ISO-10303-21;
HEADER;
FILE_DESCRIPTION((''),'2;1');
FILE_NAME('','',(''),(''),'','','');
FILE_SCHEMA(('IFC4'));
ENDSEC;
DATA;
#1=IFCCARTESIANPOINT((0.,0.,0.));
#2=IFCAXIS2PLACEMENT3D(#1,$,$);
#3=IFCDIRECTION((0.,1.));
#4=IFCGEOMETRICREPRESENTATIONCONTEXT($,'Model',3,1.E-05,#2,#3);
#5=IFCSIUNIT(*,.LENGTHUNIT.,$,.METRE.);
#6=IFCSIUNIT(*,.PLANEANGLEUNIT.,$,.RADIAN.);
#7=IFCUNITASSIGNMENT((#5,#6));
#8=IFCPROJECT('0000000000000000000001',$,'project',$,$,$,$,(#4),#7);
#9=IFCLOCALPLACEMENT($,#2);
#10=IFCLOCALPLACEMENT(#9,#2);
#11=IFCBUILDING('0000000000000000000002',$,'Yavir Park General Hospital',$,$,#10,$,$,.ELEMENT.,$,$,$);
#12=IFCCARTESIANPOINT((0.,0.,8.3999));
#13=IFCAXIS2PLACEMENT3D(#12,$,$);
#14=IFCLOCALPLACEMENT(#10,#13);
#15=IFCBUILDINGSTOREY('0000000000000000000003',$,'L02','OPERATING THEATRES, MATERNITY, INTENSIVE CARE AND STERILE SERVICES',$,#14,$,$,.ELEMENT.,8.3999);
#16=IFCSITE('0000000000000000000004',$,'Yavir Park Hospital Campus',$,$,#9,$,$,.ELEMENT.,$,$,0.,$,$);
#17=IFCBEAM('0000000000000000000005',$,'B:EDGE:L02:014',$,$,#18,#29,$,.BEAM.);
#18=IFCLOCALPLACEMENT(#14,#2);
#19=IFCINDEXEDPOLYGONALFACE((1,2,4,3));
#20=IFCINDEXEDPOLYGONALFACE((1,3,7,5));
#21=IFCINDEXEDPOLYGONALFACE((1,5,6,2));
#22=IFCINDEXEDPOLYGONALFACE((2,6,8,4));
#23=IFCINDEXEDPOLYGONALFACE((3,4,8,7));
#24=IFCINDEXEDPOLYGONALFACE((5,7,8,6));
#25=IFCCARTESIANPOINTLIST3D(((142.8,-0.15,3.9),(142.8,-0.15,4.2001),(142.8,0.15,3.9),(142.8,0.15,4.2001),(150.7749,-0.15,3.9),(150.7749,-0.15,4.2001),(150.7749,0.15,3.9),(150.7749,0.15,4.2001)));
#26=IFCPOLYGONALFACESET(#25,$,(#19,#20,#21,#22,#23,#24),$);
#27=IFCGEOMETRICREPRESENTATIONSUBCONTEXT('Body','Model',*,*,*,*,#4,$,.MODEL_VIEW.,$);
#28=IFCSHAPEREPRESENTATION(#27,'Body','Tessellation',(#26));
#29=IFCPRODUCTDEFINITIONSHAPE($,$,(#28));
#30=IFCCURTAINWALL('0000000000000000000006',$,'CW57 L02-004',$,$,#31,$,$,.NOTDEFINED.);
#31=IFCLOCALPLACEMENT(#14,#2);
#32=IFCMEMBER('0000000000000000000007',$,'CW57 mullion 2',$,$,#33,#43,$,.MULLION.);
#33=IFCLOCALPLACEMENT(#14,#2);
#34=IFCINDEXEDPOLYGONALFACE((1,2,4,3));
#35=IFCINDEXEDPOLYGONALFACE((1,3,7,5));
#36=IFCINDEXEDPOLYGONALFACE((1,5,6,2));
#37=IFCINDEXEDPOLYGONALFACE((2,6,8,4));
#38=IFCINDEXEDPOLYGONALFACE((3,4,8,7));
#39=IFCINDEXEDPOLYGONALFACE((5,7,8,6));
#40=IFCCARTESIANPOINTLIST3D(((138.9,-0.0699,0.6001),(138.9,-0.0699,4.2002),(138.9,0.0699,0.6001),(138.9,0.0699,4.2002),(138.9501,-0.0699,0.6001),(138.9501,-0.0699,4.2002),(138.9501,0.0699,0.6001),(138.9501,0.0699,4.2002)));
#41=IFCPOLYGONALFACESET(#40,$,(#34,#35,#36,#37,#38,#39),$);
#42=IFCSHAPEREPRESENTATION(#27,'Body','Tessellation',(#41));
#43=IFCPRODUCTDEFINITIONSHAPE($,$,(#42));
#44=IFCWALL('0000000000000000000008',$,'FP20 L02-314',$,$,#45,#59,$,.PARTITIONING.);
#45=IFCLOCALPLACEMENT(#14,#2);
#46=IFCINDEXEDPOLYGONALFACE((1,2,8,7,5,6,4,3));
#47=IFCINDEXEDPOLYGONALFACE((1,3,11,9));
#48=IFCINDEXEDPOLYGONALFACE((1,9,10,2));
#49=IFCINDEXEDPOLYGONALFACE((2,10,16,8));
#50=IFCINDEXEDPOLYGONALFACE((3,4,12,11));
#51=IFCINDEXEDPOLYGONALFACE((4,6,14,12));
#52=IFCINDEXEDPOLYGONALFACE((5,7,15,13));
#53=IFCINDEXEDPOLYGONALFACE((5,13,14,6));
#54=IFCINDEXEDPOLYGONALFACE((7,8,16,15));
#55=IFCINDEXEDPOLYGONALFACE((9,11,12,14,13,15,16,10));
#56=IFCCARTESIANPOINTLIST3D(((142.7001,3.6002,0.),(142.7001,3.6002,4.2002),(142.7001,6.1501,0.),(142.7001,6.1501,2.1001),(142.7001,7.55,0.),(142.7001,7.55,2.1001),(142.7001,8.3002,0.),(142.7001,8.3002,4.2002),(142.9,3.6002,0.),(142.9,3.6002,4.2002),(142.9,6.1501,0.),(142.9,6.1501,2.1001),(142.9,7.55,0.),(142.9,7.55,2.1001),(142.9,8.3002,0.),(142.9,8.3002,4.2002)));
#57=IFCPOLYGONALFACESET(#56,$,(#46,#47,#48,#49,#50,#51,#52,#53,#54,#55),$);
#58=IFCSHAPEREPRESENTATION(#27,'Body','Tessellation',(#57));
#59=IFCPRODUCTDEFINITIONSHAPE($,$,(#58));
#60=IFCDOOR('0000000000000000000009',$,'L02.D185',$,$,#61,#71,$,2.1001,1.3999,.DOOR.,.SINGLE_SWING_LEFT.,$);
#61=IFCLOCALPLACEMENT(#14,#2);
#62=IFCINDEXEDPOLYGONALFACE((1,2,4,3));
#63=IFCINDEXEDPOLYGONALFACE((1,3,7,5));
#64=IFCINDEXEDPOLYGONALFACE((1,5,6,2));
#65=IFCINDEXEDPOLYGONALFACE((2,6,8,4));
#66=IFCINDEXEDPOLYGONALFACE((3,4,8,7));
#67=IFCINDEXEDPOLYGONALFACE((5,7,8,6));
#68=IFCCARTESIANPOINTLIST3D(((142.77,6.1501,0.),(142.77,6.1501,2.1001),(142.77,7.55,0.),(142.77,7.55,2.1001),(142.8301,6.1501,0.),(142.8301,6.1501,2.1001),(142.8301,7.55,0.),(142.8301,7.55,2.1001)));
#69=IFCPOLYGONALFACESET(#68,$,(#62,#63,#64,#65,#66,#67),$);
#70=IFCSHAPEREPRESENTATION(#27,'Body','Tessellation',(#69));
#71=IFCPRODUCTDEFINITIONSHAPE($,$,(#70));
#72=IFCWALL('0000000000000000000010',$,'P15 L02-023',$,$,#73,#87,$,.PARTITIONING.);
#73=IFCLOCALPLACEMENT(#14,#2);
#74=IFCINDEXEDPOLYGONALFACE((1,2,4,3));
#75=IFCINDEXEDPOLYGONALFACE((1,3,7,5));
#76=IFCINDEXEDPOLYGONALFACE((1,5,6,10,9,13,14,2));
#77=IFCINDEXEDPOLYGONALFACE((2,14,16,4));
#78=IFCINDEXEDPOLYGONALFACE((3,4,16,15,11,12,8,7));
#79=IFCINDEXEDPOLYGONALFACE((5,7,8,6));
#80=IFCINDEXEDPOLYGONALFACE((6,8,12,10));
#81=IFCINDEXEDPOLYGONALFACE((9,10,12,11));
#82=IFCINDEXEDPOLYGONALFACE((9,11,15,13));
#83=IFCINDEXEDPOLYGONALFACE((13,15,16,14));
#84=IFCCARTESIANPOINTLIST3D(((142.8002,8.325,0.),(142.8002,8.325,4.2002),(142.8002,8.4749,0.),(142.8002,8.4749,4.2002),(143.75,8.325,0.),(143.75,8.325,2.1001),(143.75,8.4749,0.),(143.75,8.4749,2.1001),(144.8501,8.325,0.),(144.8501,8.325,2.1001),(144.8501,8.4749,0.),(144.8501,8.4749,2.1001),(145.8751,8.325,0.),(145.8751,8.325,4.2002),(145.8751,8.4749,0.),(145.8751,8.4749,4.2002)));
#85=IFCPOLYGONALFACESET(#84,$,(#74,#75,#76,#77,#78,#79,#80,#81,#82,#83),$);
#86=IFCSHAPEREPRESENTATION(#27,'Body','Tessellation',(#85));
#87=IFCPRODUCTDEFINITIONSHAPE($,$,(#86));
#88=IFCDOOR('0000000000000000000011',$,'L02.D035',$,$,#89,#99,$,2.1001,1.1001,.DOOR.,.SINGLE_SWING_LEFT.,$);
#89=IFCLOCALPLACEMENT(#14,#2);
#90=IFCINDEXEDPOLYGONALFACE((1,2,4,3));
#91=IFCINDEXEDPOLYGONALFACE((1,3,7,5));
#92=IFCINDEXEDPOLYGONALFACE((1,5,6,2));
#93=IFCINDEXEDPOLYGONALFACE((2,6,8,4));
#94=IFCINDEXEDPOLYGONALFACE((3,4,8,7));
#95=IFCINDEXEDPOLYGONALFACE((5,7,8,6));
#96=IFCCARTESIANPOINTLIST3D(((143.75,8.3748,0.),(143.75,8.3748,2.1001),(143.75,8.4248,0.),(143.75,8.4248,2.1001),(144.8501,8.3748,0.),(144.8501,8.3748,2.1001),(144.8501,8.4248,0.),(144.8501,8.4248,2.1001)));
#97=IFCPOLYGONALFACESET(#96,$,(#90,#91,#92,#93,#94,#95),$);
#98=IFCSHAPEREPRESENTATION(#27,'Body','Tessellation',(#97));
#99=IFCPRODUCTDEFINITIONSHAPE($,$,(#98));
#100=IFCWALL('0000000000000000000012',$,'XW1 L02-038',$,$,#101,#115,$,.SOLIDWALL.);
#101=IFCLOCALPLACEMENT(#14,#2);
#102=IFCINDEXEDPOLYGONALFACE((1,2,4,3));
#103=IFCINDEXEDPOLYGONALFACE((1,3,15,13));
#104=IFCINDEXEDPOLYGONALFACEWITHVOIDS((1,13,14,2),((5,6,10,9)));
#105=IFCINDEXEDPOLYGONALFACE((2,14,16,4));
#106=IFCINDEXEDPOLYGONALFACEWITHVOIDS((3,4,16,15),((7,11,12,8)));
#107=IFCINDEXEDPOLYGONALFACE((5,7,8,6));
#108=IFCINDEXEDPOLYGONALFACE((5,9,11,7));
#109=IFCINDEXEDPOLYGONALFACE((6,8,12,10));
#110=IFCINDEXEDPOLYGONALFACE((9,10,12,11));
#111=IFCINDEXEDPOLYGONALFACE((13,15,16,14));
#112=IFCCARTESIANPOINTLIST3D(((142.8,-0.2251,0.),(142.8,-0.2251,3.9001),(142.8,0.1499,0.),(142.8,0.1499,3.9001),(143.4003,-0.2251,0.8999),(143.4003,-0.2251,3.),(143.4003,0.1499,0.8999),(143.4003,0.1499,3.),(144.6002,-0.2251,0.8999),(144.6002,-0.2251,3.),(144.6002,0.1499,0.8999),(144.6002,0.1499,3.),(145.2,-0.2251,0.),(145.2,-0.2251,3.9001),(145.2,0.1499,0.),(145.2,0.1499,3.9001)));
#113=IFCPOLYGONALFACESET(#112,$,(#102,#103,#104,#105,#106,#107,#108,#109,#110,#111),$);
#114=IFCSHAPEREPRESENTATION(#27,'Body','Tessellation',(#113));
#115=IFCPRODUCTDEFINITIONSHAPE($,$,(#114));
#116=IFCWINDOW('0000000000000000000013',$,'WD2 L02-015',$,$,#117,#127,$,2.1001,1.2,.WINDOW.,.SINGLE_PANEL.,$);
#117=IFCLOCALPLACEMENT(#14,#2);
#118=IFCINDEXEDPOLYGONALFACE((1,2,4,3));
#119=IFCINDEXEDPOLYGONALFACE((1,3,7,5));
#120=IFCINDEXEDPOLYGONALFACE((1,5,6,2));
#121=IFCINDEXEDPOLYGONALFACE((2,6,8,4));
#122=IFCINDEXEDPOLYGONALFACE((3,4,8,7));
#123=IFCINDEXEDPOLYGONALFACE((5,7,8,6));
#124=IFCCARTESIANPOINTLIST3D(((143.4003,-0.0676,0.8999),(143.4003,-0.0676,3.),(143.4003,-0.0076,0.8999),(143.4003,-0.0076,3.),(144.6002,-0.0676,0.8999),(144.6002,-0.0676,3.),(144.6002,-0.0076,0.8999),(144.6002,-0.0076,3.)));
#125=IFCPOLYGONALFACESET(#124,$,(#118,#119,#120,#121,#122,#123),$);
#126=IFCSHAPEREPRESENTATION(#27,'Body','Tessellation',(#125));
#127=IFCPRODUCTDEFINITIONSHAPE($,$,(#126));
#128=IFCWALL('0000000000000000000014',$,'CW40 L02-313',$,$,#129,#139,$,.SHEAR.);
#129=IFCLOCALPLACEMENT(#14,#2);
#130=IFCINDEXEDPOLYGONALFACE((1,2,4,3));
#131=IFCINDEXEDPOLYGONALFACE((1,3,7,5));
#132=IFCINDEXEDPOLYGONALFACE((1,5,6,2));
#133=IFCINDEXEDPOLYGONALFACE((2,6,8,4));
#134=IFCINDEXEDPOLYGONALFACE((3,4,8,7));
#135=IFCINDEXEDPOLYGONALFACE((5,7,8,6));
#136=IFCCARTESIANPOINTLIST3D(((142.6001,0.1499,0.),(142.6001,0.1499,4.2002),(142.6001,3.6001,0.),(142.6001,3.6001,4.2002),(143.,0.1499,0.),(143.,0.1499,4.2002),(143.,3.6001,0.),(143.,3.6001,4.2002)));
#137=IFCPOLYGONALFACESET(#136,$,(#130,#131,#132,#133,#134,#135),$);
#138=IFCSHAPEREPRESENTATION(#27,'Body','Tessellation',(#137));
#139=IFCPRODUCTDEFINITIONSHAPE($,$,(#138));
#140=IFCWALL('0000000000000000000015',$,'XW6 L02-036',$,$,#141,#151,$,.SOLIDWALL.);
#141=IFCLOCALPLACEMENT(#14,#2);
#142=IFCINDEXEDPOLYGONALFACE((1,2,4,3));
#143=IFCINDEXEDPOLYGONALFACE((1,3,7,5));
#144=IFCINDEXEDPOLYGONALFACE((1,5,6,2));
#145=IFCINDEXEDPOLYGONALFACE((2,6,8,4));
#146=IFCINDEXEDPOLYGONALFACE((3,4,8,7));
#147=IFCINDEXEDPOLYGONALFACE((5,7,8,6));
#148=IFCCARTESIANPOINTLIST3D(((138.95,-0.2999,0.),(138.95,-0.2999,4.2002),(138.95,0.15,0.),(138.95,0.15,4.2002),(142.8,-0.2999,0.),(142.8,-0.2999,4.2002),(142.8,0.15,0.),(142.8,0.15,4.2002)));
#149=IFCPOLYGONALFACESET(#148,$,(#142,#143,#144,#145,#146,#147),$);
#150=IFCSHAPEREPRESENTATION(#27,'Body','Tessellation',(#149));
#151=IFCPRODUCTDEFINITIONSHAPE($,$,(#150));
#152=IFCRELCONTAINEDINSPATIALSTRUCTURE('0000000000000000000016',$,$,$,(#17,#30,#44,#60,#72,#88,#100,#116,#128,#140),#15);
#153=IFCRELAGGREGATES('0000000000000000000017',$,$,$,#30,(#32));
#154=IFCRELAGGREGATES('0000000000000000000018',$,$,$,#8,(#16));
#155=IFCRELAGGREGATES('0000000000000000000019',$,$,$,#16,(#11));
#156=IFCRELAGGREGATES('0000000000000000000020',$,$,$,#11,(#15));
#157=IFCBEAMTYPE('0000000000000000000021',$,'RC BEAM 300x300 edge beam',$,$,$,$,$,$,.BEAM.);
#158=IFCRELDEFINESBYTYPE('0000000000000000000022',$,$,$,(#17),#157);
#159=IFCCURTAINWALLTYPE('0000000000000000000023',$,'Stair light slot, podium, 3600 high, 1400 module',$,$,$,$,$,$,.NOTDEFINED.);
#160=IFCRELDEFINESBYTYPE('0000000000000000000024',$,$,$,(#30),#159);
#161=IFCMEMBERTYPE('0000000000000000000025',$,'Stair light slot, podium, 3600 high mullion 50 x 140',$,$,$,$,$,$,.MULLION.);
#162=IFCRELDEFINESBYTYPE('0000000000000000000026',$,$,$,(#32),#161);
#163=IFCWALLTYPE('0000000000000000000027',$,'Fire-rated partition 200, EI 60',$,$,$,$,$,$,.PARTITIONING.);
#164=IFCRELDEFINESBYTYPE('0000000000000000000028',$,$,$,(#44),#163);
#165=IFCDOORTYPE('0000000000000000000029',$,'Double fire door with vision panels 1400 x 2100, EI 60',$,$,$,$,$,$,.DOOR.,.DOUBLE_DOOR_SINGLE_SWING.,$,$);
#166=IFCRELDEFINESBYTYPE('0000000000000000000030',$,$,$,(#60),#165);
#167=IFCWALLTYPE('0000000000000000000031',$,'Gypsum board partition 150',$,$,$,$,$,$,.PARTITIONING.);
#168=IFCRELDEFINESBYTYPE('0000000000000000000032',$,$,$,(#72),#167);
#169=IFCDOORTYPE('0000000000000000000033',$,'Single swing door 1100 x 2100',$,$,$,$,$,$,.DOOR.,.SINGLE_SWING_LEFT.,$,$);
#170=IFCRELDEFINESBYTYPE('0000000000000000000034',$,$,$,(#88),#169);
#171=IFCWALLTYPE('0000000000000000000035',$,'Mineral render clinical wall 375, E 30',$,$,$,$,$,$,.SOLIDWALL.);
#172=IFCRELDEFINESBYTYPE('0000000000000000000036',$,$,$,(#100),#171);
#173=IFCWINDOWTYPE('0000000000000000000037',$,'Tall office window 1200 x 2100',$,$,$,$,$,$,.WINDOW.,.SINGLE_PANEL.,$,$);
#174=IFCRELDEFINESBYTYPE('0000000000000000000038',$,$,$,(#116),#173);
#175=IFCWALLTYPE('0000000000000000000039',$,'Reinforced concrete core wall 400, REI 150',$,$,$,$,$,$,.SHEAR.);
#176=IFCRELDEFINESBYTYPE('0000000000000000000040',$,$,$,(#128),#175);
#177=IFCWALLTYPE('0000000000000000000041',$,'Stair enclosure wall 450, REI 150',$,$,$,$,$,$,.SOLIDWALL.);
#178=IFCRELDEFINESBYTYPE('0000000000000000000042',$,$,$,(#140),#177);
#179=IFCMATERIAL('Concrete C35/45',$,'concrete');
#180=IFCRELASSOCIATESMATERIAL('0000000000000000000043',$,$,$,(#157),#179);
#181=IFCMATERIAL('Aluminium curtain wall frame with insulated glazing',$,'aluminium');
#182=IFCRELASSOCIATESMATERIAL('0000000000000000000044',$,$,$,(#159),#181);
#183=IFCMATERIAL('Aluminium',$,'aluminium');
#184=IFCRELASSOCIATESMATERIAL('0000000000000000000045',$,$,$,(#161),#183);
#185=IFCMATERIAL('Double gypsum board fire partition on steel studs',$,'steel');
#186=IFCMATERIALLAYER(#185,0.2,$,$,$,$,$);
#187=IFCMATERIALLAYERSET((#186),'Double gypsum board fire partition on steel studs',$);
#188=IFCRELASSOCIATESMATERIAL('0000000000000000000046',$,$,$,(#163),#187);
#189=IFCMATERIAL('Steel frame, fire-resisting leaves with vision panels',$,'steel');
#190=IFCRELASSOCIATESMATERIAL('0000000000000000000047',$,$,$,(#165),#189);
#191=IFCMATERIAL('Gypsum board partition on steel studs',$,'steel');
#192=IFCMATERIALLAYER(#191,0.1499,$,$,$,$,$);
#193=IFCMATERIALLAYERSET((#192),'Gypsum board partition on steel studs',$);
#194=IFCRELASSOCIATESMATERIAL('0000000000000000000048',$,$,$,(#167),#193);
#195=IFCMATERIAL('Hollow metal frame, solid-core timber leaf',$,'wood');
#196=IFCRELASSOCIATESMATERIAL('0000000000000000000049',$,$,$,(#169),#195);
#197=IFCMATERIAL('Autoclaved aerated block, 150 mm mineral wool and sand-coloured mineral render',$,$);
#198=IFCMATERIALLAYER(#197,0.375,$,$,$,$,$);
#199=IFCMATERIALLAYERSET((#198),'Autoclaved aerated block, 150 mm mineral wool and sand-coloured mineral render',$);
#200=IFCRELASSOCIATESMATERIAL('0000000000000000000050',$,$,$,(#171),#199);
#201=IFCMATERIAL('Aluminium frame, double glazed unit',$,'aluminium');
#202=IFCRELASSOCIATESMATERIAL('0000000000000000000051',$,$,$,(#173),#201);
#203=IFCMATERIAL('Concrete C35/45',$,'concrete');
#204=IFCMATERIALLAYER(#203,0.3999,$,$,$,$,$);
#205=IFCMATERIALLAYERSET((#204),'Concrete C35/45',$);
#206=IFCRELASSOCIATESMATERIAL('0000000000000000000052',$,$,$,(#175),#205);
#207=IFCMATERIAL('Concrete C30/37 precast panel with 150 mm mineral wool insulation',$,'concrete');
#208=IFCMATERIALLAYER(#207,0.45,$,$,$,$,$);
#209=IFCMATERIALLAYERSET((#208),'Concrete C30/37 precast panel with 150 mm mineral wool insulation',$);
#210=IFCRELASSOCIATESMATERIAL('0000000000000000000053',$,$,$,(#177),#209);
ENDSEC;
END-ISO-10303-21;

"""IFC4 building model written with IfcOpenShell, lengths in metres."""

from ifc_helpers import new_model, si_unit, direction, frame, frame_2d, origin, origin_2d, place, context, subcontext, project, spatial, rectangle, extrude, material, layer, layer_set, material_profile, profile_set, type_object, element, fill, aggregate, save


model = new_model("IFC4")

# Units and contexts
model_context = context("Model", 3, precision=1e-05, world=origin(), true_north=direction((0.0, 1.0)))
body_context = subcontext(model_context, "Body", "Model", "MODEL_VIEW")
ifc_project = project(units=[si_unit("LENGTHUNIT", "METRE"), si_unit("PLANEANGLEUNIT", "RADIAN")], contexts=[model_context])

# Site, building, storey
site_placement = place(None, origin())
site = spatial("IfcSite", under=ifc_project, at=site_placement, Name="Yavir Park Hospital Campus", CompositionType="ELEMENT", RefElevation=0.0)
building_placement = place(site_placement, origin())
building = spatial("IfcBuilding", under=site, at=building_placement, Name="Yavir Park General Hospital", CompositionType="ELEMENT")
storey_placement = place(building_placement, frame((0.0, 0.0, 8.3999)))
storey = spatial("IfcBuildingStorey", under=building, at=storey_placement, Name="L02", Description="OPERATING THEATRES, MATERNITY, INTENSIVE CARE AND STERILE SERVICES", CompositionType="ELEMENT", Elevation=8.3999)

# Beam
ifc_material_1 = material(Name="Concrete C35/45", Category="concrete")
ifc_material_profile_1 = material_profile(ifc_material_1, rectangle(XDim=0.3, YDim=0.3, at=origin_2d()), Name="RC300x300")
ifc_profile_set_1 = profile_set([ifc_material_profile_1], Name="Concrete C35/45")
beam_type = type_object("IfcBeamType", Name="RC BEAM 300x300 edge beam", PredefinedType="BEAM", material=ifc_profile_set_1)
beam_placement = place(storey_placement, frame((142.8, 0.0, 4.05), z_axis=(1.0, 0.0, 0.0), x_axis=(0.0, 1.0, 0.0)))
element("IfcBeam", 1, at=beam_placement, inside=storey, type_object=beam_type, Name="B:EDGE:L02:014", PredefinedType="BEAM", context=body_context, shape_type="SweptSolid", body=[
    extrude(rectangle(XDim=0.3, YDim=0.3, at=origin_2d()), origin(), (0.0, 0.0, 1.0), 7.9749),
])

# Curtain wall, member
ifc_material_2 = material(Name="Aluminium curtain wall frame with insulated glazing", Category="aluminium")
curtain_wall_type = type_object("IfcCurtainWallType", Name="Stair light slot, podium, 3600 high, 1400 module", PredefinedType="NOTDEFINED", material=ifc_material_2)
curtain_wall_placement = place(storey_placement, origin())
curtain_wall = element("IfcCurtainWall", 2, at=curtain_wall_placement, inside=storey, type_object=curtain_wall_type, Name="CW57 L02-004", PredefinedType="NOTDEFINED")
ifc_material_3 = material(Name="Aluminium", Category="aluminium")
ifc_material_profile_2 = material_profile(ifc_material_3, rectangle(XDim=0.1399, YDim=0.05, at=origin_2d()), Name="AL 50x140")
ifc_profile_set_2 = profile_set([ifc_material_profile_2], Name="Aluminium")
member_type = type_object("IfcMemberType", Name="Stair light slot, podium, 3600 high mullion 50 x 140", PredefinedType="MULLION", material=ifc_profile_set_2)
member_placement = place(storey_placement, frame((138.925, 0.0, 0.6001), z_axis=(0.0, 0.0, 1.0), x_axis=(0.0, 1.0, 0.0)))
member = element("IfcMember", 3, at=member_placement, type_object=member_type, Name="CW57 mullion 2", PredefinedType="MULLION", context=body_context, shape_type="SweptSolid", body=[
    extrude(rectangle(XDim=0.1399, YDim=0.05, at=origin_2d()), origin(), (0.0, 0.0, 1.0), 3.6001),
])
aggregate(curtain_wall, [member])

# Walls, openings, doors
ifc_material_4 = material(Name="Double gypsum board fire partition on steel studs", Category="steel")
ifc_layer_1 = layer(ifc_material_4, 0.2)
ifc_layer_set_1 = layer_set([ifc_layer_1], Name="Double gypsum board fire partition on steel studs")
wall_type_1 = type_object("IfcWallType", Name="Fire-rated partition 200, EI 60", PredefinedType="PARTITIONING", material=ifc_layer_set_1)
wall_1_placement = place(storey_placement, frame((142.8, 3.6001, 0.0), z_axis=(0.0, 0.0, 1.0), x_axis=(0.0, 1.0, 0.0)))
wall_1 = element("IfcWall", 4, at=wall_1_placement, inside=storey, type_object=wall_type_1, Name="FP20 L02-314", PredefinedType="PARTITIONING", context=body_context, shape_type="SweptSolid", body=[
    extrude(rectangle(XDim=4.7, YDim=0.2, at=frame_2d((2.3501, 0.0))), origin(), (0.0, 0.0, 1.0), 4.2002),
])
opening_1_placement = place(wall_1_placement, frame((2.55, 0.0, 0.0)))
opening_1 = element("IfcOpeningElement", 5, at=opening_1_placement, cuts=wall_1, PredefinedType="OPENING", context=body_context, shape_type="SweptSolid", body=[
    extrude(rectangle(XDim=1.3999, YDim=2.1001, at=frame_2d((0.7, 1.05))), frame((0.0, 0.1099, 0.0), z_axis=(0.0, -1.0, 0.0), x_axis=(1.0, 0.0, 0.0)), (0.0, 0.0, 1.0), 0.22),
])
ifc_material_5 = material(Name="Steel frame, fire-resisting leaves with vision panels", Category="steel")
door_type_1 = type_object("IfcDoorType", Name="Double fire door with vision panels 1400 x 2100, EI 60", OperationType="DOUBLE_DOOR_SINGLE_SWING", PredefinedType="DOOR", material=ifc_material_5)
door_1_placement = place(opening_1_placement, origin())
door_1 = element("IfcDoor", 6, at=door_1_placement, inside=storey, type_object=door_type_1, Name="L02.D185", OperationType="SINGLE_SWING_LEFT", OverallHeight=2.1001, OverallWidth=1.3999, PredefinedType="DOOR", context=body_context, shape_type="SweptSolid", body=[
    extrude(rectangle(XDim=1.3999, YDim=2.1001, at=frame_2d((0.7, 1.05))), frame((0.0, 0.03, 0.0), z_axis=(0.0, -1.0, 0.0), x_axis=(1.0, 0.0, 0.0)), (0.0, 0.0, 1.0), 0.0601),
])
fill(opening_1, door_1)
ifc_material_6 = material(Name="Gypsum board partition on steel studs", Category="steel")
ifc_layer_2 = layer(ifc_material_6, 0.1499)
ifc_layer_set_2 = layer_set([ifc_layer_2], Name="Gypsum board partition on steel studs")
wall_type_2 = type_object("IfcWallType", Name="Gypsum board partition 150", PredefinedType="PARTITIONING", material=ifc_layer_set_2)
wall_2_placement = place(storey_placement, frame((142.8, 8.3999, 0.0), z_axis=(0.0, 0.0, 1.0), x_axis=(1.0, 0.0, 0.0)))
wall_2 = element("IfcWall", 7, at=wall_2_placement, inside=storey, type_object=wall_type_2, Name="P15 L02-023", PredefinedType="PARTITIONING", context=body_context, shape_type="SweptSolid", body=[
    extrude(rectangle(XDim=3.075, YDim=0.1499, at=frame_2d((1.5376, 0.0))), origin(), (0.0, 0.0, 1.0), 4.2002),
])
opening_2_placement = place(wall_2_placement, frame((0.95, 0.0, 0.0)))
opening_2 = element("IfcOpeningElement", 8, at=opening_2_placement, cuts=wall_2, PredefinedType="OPENING", context=body_context, shape_type="SweptSolid", body=[
    extrude(rectangle(XDim=1.1001, YDim=2.1001, at=frame_2d((0.55, 1.05))), frame((0.0, 0.085, 0.0), z_axis=(0.0, -1.0, 0.0), x_axis=(1.0, 0.0, 0.0)), (0.0, 0.0, 1.0), 0.1699),
])
ifc_material_7 = material(Name="Hollow metal frame, solid-core timber leaf", Category="wood")
door_type_2 = type_object("IfcDoorType", Name="Single swing door 1100 x 2100", OperationType="SINGLE_SWING_LEFT", PredefinedType="DOOR", material=ifc_material_7)
door_2_placement = place(opening_2_placement, origin())
door_2 = element("IfcDoor", 9, at=door_2_placement, inside=storey, type_object=door_type_2, Name="L02.D035", OperationType="SINGLE_SWING_LEFT", OverallHeight=2.1001, OverallWidth=1.1001, PredefinedType="DOOR", context=body_context, shape_type="SweptSolid", body=[
    extrude(rectangle(XDim=1.1001, YDim=2.1001, at=frame_2d((0.55, 1.05))), frame((0.0, 0.0249, 0.0), z_axis=(0.0, -1.0, 0.0), x_axis=(1.0, 0.0, 0.0)), (0.0, 0.0, 1.0), 0.05),
])
fill(opening_2, door_2)

# Wall, opening, window
ifc_material_8 = material(Name="Autoclaved aerated block, 150 mm mineral wool and sand-coloured mineral render")
ifc_layer_3 = layer(ifc_material_8, 0.375)
ifc_layer_set_3 = layer_set([ifc_layer_3], Name="Autoclaved aerated block, 150 mm mineral wool and sand-coloured mineral render")
wall_type_3 = type_object("IfcWallType", Name="Mineral render clinical wall 375, E 30", PredefinedType="SOLIDWALL", material=ifc_layer_set_3)
wall_3_placement = place(storey_placement, frame((142.8, -0.0376, 0.0), z_axis=(0.0, 0.0, 1.0), x_axis=(1.0, 0.0, 0.0)))
wall_3 = element("IfcWall", 10, at=wall_3_placement, inside=storey, type_object=wall_type_3, Name="XW1 L02-038", PredefinedType="SOLIDWALL", context=body_context, shape_type="SweptSolid", body=[
    extrude(rectangle(XDim=2.3999, YDim=0.375, at=frame_2d((1.2, 0.0))), origin(), (0.0, 0.0, 1.0), 3.9001),
])
opening_3_placement = place(wall_3_placement, frame((0.6001, 0.0, 0.8999)))
opening_3 = element("IfcOpeningElement", 11, at=opening_3_placement, cuts=wall_3, PredefinedType="OPENING", context=body_context, shape_type="SweptSolid", body=[
    extrude(rectangle(XDim=1.2, YDim=2.1001, at=frame_2d((0.6001, 1.05))), frame((0.0, 0.1975, 0.0), z_axis=(0.0, -1.0, 0.0), x_axis=(1.0, 0.0, 0.0)), (0.0, 0.0, 1.0), 0.395),
])
ifc_material_9 = material(Name="Aluminium frame, double glazed unit", Category="aluminium")
window_type = type_object("IfcWindowType", Name="Tall office window 1200 x 2100", PartitioningType="SINGLE_PANEL", PredefinedType="WINDOW", material=ifc_material_9)
window_placement = place(opening_3_placement, origin())
window = element("IfcWindow", 12, at=window_placement, inside=storey, type_object=window_type, Name="WD2 L02-015", OverallHeight=2.1001, OverallWidth=1.2, PartitioningType="SINGLE_PANEL", PredefinedType="WINDOW", context=body_context, shape_type="SweptSolid", body=[
    extrude(rectangle(XDim=1.2, YDim=2.1001, at=frame_2d((0.6001, 1.05))), frame((0.0, 0.03, 0.0), z_axis=(0.0, -1.0, 0.0), x_axis=(1.0, 0.0, 0.0)), (0.0, 0.0, 1.0), 0.0601),
])
fill(opening_3, window)

# Walls
ifc_material_10 = material(Name="Concrete C35/45", Category="concrete")
ifc_layer_4 = layer(ifc_material_10, 0.3999)
ifc_layer_set_4 = layer_set([ifc_layer_4], Name="Concrete C35/45")
wall_type_4 = type_object("IfcWallType", Name="Reinforced concrete core wall 400, REI 150", PredefinedType="SHEAR", material=ifc_layer_set_4)
wall_4_placement = place(storey_placement, frame((142.8, 0.1499, 0.0), z_axis=(0.0, 0.0, 1.0), x_axis=(0.0, 1.0, 0.0)))
element("IfcWall", 13, at=wall_4_placement, inside=storey, type_object=wall_type_4, Name="CW40 L02-313", PredefinedType="SHEAR", context=body_context, shape_type="SweptSolid", body=[
    extrude(rectangle(XDim=3.4502, YDim=0.3999, at=frame_2d((1.7251, 0.0))), origin(), (0.0, 0.0, 1.0), 4.2002),
])
ifc_material_11 = material(Name="Concrete C30/37 precast panel with 150 mm mineral wool insulation", Category="concrete")
ifc_layer_5 = layer(ifc_material_11, 0.45)
ifc_layer_set_5 = layer_set([ifc_layer_5], Name="Concrete C30/37 precast panel with 150 mm mineral wool insulation")
wall_type_5 = type_object("IfcWallType", Name="Stair enclosure wall 450, REI 150", PredefinedType="SOLIDWALL", material=ifc_layer_set_5)
wall_5_placement = place(storey_placement, frame((138.95, -0.075, 0.0), z_axis=(0.0, 0.0, 1.0), x_axis=(1.0, 0.0, 0.0)))
element("IfcWall", 14, at=wall_5_placement, inside=storey, type_object=wall_type_5, Name="XW6 L02-036", PredefinedType="SOLIDWALL", context=body_context, shape_type="SweptSolid", body=[
    extrude(rectangle(XDim=3.8501, YDim=0.45, at=frame_2d((1.925, 0.0))), origin(), (0.0, 0.0, 1.0), 4.2002),
])

save(model, "model.ifc")
